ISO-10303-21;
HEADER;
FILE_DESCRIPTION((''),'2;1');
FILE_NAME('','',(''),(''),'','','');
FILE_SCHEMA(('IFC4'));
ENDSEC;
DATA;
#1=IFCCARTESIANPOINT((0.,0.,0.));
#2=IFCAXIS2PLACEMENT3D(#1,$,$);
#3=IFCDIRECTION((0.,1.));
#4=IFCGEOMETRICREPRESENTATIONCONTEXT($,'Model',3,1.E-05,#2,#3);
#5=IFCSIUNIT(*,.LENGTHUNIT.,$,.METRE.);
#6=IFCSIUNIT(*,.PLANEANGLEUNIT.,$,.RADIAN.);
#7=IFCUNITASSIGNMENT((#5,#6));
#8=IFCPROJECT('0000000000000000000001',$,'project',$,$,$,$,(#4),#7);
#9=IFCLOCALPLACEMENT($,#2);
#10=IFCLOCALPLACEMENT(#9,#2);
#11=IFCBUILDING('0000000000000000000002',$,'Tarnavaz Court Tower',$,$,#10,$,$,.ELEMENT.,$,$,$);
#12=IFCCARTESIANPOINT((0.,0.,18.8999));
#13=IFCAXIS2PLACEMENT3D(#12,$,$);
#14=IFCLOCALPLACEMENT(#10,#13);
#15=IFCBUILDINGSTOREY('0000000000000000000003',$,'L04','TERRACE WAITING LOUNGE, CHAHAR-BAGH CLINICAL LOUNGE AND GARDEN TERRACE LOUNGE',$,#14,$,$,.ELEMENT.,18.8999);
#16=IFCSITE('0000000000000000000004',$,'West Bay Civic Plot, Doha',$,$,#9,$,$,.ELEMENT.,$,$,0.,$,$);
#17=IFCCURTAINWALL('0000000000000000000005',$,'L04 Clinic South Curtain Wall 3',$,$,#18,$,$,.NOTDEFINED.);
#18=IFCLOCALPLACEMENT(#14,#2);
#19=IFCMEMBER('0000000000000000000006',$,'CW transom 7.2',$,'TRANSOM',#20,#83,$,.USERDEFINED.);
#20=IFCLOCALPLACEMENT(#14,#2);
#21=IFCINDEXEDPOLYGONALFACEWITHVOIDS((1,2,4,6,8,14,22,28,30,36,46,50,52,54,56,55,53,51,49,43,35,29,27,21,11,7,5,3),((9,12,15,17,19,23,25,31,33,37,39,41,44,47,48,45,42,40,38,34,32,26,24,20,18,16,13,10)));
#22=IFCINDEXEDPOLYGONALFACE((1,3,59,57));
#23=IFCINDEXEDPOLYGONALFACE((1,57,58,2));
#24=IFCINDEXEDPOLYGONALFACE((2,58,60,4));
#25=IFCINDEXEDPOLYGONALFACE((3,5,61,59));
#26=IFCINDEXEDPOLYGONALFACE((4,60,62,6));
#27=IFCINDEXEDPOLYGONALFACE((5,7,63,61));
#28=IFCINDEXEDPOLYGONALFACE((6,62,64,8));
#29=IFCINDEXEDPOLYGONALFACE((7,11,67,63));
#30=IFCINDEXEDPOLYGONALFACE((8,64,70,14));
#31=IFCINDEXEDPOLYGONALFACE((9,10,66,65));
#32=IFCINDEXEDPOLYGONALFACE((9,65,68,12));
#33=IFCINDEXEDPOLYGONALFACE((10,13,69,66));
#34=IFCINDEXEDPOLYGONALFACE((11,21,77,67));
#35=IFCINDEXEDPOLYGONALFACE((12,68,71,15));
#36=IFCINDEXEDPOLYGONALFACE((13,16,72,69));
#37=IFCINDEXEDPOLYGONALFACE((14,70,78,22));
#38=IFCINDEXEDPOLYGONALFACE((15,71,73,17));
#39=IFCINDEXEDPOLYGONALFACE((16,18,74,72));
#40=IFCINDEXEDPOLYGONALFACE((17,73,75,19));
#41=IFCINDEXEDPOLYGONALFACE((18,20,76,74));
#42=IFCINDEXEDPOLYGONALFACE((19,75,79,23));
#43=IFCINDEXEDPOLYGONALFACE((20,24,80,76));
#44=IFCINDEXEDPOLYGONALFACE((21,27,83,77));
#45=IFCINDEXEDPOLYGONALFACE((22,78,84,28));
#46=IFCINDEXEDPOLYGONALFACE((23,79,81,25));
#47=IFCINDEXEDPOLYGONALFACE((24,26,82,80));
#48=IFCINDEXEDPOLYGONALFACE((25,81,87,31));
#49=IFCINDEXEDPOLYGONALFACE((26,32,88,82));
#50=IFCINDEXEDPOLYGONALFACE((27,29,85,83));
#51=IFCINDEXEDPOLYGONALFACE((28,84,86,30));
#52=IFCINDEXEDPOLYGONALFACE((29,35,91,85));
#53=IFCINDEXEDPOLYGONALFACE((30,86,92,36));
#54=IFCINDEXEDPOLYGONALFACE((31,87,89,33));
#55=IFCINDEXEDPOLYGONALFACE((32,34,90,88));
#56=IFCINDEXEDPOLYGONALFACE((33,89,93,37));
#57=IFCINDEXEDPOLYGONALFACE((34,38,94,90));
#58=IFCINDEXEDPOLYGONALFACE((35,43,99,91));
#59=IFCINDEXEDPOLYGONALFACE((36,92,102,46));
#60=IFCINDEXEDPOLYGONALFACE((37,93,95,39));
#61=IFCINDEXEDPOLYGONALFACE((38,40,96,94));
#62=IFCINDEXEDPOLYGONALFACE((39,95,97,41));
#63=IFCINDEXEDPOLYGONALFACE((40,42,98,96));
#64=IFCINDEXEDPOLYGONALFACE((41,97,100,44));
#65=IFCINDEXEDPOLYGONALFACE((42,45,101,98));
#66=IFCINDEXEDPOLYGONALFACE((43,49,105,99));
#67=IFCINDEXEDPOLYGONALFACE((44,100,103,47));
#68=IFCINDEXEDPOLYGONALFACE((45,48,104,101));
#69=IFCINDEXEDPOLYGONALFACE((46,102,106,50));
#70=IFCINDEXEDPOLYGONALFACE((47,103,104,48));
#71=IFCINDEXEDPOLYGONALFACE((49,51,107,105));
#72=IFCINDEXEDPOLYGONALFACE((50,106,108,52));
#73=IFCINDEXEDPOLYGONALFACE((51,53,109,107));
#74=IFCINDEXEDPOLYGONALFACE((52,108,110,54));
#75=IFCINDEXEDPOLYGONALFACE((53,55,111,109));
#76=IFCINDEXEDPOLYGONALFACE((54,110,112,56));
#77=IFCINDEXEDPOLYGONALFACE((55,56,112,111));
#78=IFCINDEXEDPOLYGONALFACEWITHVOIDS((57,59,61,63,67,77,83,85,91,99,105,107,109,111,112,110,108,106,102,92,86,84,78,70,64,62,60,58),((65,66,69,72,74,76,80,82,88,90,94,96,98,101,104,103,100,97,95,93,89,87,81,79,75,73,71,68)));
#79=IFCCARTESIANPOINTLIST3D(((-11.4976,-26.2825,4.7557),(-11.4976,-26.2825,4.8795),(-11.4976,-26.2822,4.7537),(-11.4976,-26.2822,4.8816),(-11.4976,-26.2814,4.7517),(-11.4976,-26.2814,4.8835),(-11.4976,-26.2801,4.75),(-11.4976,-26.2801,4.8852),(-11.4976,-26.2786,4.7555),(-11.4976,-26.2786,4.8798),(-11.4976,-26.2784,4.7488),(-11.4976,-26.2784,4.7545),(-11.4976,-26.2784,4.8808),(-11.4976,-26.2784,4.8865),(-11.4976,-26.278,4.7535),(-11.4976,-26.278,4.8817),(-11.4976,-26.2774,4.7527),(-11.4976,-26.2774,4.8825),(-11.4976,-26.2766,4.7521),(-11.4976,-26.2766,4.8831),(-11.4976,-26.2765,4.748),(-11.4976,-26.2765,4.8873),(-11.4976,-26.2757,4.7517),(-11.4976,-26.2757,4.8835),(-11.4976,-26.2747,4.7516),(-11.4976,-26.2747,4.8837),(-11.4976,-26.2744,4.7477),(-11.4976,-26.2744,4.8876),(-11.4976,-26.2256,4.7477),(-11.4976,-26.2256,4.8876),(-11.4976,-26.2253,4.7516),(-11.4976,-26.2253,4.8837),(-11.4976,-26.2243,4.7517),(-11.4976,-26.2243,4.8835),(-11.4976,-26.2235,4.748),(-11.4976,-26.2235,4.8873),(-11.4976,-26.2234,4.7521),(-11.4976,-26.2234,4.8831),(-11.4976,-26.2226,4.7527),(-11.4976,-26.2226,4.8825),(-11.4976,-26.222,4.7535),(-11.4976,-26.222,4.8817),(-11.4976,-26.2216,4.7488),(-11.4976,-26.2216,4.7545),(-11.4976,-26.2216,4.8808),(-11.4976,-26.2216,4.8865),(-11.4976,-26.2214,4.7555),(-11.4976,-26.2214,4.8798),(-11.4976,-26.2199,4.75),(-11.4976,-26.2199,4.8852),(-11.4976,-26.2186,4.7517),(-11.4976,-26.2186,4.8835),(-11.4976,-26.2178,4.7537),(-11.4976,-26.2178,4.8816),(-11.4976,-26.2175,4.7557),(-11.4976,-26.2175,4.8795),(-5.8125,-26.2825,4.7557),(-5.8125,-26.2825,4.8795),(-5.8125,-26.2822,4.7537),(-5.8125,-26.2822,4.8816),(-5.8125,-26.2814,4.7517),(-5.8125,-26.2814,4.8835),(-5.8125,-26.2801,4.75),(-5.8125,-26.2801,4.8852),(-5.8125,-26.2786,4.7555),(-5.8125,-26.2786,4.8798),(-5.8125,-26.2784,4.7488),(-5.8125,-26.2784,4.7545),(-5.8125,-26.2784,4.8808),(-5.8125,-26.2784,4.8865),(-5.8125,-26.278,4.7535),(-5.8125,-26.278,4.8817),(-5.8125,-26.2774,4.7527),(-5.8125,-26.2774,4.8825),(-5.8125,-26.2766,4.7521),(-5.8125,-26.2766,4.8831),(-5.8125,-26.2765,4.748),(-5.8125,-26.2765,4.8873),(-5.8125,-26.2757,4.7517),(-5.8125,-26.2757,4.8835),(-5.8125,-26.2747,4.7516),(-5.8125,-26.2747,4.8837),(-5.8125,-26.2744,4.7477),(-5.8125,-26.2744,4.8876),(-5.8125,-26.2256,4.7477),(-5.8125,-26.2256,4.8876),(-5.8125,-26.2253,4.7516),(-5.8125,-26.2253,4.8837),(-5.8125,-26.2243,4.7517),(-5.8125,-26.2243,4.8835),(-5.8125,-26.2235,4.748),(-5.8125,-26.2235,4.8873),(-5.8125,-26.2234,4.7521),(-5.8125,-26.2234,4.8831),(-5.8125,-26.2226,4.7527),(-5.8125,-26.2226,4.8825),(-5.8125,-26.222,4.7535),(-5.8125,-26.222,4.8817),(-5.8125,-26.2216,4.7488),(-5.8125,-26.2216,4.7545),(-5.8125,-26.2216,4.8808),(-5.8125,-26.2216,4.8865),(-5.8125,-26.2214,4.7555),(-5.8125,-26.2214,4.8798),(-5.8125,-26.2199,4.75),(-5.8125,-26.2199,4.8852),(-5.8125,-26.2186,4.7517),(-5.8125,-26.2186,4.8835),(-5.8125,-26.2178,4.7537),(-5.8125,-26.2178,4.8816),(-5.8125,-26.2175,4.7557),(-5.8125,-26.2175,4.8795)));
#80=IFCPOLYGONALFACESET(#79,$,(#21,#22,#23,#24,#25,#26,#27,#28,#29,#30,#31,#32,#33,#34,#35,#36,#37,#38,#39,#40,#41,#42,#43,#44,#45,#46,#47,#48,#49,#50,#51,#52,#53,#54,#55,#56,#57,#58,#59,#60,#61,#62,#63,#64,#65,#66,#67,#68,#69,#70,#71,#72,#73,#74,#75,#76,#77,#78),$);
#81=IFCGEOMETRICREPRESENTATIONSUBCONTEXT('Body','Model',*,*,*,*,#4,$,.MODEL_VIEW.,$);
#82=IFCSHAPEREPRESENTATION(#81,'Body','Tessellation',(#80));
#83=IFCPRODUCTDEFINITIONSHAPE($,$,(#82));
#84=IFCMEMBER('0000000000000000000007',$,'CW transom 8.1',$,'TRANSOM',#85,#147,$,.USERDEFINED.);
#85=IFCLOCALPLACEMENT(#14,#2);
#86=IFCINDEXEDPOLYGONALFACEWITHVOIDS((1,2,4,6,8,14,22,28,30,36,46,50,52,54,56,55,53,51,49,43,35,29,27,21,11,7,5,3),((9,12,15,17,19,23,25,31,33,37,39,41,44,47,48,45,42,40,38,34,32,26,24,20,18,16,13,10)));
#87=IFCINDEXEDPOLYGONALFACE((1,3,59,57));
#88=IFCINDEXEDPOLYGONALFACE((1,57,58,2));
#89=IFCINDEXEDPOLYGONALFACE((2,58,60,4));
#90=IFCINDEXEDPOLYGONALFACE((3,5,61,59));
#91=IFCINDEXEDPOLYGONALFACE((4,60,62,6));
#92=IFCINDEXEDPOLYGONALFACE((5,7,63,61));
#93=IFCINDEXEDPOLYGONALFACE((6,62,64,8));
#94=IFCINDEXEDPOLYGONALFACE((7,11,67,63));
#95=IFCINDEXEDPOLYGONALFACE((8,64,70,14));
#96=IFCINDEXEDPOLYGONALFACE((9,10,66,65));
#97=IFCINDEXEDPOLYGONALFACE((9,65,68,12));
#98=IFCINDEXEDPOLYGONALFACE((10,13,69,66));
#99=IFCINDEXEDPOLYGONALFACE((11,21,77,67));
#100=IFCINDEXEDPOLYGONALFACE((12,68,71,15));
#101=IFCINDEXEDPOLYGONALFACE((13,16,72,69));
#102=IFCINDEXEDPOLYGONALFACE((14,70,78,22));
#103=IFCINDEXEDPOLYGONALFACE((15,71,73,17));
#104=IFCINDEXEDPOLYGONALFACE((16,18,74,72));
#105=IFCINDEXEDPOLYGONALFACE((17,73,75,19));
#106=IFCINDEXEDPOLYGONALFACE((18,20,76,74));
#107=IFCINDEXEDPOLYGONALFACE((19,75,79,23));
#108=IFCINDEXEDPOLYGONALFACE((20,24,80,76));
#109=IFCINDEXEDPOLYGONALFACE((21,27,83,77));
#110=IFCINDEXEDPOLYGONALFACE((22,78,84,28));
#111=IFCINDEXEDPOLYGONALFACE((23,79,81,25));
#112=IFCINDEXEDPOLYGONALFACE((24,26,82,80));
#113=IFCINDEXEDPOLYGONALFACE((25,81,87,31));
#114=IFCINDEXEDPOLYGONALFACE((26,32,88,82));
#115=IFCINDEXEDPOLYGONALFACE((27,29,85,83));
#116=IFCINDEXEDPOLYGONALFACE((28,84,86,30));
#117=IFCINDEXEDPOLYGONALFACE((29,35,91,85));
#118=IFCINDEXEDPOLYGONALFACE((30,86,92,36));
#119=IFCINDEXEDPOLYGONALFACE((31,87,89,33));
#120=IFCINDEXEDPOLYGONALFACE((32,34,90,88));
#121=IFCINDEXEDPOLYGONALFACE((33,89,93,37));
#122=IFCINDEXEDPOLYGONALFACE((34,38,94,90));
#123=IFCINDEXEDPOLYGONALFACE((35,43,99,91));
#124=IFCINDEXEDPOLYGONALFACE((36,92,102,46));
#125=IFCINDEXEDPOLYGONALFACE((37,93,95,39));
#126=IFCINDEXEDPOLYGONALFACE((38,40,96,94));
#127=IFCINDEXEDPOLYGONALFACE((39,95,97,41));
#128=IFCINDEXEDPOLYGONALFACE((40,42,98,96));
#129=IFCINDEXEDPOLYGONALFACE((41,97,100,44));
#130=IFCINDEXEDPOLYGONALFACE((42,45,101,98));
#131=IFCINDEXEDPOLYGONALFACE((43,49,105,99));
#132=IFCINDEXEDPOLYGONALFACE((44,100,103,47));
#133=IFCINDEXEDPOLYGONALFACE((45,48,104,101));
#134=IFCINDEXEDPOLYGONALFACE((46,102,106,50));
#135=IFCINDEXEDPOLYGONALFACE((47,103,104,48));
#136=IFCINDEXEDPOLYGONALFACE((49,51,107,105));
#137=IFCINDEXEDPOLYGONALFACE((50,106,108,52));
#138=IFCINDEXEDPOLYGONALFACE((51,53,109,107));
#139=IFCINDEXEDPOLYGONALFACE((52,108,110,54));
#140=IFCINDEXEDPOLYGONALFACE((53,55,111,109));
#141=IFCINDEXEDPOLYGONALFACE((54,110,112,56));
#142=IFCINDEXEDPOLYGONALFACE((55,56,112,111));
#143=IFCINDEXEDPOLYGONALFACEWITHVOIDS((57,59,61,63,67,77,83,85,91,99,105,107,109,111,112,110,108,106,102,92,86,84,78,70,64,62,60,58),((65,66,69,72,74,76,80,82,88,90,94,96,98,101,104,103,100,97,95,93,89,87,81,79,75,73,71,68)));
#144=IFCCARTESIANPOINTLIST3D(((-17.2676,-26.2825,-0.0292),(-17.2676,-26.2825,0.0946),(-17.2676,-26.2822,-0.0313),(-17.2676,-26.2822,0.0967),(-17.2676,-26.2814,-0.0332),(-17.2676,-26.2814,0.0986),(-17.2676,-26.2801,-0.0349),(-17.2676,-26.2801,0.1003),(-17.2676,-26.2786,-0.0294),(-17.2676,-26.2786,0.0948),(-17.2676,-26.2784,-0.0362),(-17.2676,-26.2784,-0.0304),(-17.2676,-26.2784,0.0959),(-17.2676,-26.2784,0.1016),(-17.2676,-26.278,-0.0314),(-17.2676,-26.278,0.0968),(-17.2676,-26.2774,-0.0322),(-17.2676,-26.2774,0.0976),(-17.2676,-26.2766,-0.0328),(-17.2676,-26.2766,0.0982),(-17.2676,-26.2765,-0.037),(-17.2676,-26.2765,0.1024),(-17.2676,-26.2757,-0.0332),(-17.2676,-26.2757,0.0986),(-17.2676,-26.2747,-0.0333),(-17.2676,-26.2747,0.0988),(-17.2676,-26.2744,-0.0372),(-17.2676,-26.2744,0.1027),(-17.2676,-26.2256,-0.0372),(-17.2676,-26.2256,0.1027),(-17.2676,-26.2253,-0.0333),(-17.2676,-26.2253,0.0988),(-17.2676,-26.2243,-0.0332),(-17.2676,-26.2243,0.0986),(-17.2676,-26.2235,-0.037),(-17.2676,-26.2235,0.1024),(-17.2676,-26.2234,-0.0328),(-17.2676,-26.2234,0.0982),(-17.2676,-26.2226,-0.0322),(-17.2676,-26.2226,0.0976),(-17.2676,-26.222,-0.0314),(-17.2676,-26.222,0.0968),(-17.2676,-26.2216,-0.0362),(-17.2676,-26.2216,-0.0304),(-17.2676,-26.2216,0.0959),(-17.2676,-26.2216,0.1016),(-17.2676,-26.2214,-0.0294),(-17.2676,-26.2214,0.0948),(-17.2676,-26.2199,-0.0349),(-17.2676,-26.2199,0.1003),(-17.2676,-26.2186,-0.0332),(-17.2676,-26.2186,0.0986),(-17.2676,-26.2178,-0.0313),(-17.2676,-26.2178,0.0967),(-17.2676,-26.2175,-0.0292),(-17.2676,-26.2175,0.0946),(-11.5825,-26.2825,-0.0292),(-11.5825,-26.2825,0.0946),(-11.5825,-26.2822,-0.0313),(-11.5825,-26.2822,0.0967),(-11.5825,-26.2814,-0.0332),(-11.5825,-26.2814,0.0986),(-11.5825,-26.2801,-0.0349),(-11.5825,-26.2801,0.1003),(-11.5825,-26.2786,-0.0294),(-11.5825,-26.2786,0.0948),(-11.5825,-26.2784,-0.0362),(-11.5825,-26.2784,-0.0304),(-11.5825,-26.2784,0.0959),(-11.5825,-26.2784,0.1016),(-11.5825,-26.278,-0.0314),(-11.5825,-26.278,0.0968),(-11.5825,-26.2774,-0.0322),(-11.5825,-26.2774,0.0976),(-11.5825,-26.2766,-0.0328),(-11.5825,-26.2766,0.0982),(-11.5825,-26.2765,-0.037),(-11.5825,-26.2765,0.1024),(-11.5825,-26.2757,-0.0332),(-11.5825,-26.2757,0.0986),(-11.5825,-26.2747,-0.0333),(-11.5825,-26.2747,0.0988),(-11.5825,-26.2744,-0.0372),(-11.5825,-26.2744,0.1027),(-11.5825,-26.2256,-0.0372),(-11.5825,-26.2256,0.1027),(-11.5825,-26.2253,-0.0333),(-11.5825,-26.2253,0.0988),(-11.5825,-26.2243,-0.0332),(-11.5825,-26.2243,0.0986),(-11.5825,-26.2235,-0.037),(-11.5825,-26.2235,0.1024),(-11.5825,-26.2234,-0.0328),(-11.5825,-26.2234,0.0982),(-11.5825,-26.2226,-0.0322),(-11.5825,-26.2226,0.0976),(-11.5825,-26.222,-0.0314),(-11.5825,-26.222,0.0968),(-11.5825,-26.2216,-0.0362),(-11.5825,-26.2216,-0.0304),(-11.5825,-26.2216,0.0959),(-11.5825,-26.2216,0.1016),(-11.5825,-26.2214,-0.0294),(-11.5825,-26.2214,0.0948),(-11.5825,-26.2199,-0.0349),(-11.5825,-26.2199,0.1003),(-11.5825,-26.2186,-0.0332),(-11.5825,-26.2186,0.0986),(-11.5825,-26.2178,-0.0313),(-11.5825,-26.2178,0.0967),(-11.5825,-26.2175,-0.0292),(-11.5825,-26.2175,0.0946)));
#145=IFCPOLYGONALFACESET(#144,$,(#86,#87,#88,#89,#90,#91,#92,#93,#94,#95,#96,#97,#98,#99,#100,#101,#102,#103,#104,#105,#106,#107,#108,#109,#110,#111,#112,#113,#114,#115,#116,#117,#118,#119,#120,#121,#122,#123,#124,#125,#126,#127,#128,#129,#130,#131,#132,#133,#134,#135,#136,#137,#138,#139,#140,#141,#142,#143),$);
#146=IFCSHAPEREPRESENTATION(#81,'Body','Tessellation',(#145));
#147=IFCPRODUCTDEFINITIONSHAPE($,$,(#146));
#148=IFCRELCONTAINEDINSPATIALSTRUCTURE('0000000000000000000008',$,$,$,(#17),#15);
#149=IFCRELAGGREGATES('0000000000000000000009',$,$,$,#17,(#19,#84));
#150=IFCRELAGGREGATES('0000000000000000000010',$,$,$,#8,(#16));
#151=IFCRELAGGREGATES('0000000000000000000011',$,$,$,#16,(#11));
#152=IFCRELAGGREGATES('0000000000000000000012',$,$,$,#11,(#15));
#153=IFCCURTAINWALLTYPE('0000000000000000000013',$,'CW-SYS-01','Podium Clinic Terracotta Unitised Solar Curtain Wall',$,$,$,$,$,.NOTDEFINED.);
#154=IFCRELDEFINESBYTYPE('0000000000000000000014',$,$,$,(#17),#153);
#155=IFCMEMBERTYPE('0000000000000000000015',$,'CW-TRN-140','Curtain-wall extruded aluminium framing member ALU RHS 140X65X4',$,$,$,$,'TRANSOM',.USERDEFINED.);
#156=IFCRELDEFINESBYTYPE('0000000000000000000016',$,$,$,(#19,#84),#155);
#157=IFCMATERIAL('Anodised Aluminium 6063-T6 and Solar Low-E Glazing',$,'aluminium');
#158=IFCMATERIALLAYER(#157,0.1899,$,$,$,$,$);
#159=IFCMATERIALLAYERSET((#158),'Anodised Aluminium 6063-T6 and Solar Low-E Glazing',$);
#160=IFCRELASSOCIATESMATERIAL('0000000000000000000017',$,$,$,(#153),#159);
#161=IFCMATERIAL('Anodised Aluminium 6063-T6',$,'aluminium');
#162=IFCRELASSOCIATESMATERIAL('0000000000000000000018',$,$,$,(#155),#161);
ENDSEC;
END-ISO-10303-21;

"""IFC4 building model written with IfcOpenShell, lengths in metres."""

from ifc_helpers import new_model, si_unit, direction, frame, origin, origin_2d, place, context, subcontext, project, spatial, hollow_rectangle, extrude, material, layer, layer_set, material_profile, profile_set, type_object, element, aggregate, save


model = new_model("IFC4")

# Units and contexts
model_context = context("Model", 3, precision=1e-05, world=origin(), true_north=direction((0.0, 1.0)))
body_context = subcontext(model_context, "Body", "Model", "MODEL_VIEW")
ifc_project = project(units=[si_unit("LENGTHUNIT", "METRE"), si_unit("PLANEANGLEUNIT", "RADIAN")], contexts=[model_context])

# Site, building, storey
site_placement = place(None, origin())
site = spatial("IfcSite", under=ifc_project, at=site_placement, Name="West Bay Civic Plot, Doha", CompositionType="ELEMENT", RefElevation=0.0)
building_placement = place(site_placement, origin())
building = spatial("IfcBuilding", under=site, at=building_placement, Name="Tarnavaz Court Tower", CompositionType="ELEMENT")
storey_placement = place(building_placement, frame((0.0, 0.0, 18.8999)))
storey = spatial("IfcBuildingStorey", under=building, at=storey_placement, Name="L04", Description="TERRACE WAITING LOUNGE, CHAHAR-BAGH CLINICAL LOUNGE AND GARDEN TERRACE LOUNGE", CompositionType="ELEMENT", Elevation=18.8999)

# Curtain wall, members
ifc_material_1 = material(Name="Anodised Aluminium 6063-T6 and Solar Low-E Glazing", Category="aluminium")
ifc_layer_1 = layer(ifc_material_1, 0.1899)
ifc_layer_set_1 = layer_set([ifc_layer_1], Name="Anodised Aluminium 6063-T6 and Solar Low-E Glazing")
curtain_wall_type = type_object("IfcCurtainWallType", Name="CW-SYS-01", Description="Podium Clinic Terracotta Unitised Solar Curtain Wall", PredefinedType="NOTDEFINED", material=ifc_layer_set_1)
curtain_wall_placement = place(storey_placement, origin())
curtain_wall = element("IfcCurtainWall", 1, at=curtain_wall_placement, inside=storey, type_object=curtain_wall_type, Name="L04 Clinic South Curtain Wall 3", PredefinedType="NOTDEFINED")
ifc_material_2 = material(Name="Anodised Aluminium 6063-T6", Category="aluminium")
ifc_material_profile_1 = material_profile(ifc_material_2, hollow_rectangle(XDim=0.0649, YDim=0.1399, WallThickness=0.0039, InnerFilletRadius=0.0039, OuterFilletRadius=0.0081, at=origin_2d()), Name="ALU RHS 140X65X4")
ifc_profile_set_1 = profile_set([ifc_material_profile_1], Name="Anodised Aluminium 6063-T6")
member_type_1 = type_object("IfcMemberType", Name="CW-TRN-140", Description="Curtain-wall extruded aluminium framing member ALU RHS 140X65X4", ElementType="TRANSOM", PredefinedType="USERDEFINED", material=ifc_profile_set_1)
member_1_placement = place(storey_placement, frame((-5.8125, -26.25, 4.8176), z_axis=(-1.0, 0.0, 0.0), x_axis=(0.0, -1.0, 0.0)))
member_1 = element("IfcMember", 2, at=member_1_placement, type_object=member_type_1, Name="CW transom 7.2", ObjectType="TRANSOM", PredefinedType="USERDEFINED", context=body_context, shape_type="SweptSolid", body=[
    extrude(hollow_rectangle(XDim=0.0649, YDim=0.1399, WallThickness=0.0039, InnerFilletRadius=0.0039, OuterFilletRadius=0.0081, at=origin_2d()), origin(), (0.0, 0.0, 1.0), 5.6851),
])
member_2_placement = place(storey_placement, frame((-11.5825, -26.25, 0.0327), z_axis=(-1.0, 0.0, 0.0), x_axis=(0.0, -1.0, 0.0)))
member_2 = element("IfcMember", 3, at=member_2_placement, type_object=member_type_1, Name="CW transom 8.1", ObjectType="TRANSOM", PredefinedType="USERDEFINED", context=body_context, shape_type="SweptSolid", body=[
    extrude(hollow_rectangle(XDim=0.0649, YDim=0.1399, WallThickness=0.0039, InnerFilletRadius=0.0039, OuterFilletRadius=0.0081, at=origin_2d()), origin(), (0.0, 0.0, 1.0), 5.6851),
])
aggregate(curtain_wall, [member_1, member_2])

save(model, "model.ifc")
